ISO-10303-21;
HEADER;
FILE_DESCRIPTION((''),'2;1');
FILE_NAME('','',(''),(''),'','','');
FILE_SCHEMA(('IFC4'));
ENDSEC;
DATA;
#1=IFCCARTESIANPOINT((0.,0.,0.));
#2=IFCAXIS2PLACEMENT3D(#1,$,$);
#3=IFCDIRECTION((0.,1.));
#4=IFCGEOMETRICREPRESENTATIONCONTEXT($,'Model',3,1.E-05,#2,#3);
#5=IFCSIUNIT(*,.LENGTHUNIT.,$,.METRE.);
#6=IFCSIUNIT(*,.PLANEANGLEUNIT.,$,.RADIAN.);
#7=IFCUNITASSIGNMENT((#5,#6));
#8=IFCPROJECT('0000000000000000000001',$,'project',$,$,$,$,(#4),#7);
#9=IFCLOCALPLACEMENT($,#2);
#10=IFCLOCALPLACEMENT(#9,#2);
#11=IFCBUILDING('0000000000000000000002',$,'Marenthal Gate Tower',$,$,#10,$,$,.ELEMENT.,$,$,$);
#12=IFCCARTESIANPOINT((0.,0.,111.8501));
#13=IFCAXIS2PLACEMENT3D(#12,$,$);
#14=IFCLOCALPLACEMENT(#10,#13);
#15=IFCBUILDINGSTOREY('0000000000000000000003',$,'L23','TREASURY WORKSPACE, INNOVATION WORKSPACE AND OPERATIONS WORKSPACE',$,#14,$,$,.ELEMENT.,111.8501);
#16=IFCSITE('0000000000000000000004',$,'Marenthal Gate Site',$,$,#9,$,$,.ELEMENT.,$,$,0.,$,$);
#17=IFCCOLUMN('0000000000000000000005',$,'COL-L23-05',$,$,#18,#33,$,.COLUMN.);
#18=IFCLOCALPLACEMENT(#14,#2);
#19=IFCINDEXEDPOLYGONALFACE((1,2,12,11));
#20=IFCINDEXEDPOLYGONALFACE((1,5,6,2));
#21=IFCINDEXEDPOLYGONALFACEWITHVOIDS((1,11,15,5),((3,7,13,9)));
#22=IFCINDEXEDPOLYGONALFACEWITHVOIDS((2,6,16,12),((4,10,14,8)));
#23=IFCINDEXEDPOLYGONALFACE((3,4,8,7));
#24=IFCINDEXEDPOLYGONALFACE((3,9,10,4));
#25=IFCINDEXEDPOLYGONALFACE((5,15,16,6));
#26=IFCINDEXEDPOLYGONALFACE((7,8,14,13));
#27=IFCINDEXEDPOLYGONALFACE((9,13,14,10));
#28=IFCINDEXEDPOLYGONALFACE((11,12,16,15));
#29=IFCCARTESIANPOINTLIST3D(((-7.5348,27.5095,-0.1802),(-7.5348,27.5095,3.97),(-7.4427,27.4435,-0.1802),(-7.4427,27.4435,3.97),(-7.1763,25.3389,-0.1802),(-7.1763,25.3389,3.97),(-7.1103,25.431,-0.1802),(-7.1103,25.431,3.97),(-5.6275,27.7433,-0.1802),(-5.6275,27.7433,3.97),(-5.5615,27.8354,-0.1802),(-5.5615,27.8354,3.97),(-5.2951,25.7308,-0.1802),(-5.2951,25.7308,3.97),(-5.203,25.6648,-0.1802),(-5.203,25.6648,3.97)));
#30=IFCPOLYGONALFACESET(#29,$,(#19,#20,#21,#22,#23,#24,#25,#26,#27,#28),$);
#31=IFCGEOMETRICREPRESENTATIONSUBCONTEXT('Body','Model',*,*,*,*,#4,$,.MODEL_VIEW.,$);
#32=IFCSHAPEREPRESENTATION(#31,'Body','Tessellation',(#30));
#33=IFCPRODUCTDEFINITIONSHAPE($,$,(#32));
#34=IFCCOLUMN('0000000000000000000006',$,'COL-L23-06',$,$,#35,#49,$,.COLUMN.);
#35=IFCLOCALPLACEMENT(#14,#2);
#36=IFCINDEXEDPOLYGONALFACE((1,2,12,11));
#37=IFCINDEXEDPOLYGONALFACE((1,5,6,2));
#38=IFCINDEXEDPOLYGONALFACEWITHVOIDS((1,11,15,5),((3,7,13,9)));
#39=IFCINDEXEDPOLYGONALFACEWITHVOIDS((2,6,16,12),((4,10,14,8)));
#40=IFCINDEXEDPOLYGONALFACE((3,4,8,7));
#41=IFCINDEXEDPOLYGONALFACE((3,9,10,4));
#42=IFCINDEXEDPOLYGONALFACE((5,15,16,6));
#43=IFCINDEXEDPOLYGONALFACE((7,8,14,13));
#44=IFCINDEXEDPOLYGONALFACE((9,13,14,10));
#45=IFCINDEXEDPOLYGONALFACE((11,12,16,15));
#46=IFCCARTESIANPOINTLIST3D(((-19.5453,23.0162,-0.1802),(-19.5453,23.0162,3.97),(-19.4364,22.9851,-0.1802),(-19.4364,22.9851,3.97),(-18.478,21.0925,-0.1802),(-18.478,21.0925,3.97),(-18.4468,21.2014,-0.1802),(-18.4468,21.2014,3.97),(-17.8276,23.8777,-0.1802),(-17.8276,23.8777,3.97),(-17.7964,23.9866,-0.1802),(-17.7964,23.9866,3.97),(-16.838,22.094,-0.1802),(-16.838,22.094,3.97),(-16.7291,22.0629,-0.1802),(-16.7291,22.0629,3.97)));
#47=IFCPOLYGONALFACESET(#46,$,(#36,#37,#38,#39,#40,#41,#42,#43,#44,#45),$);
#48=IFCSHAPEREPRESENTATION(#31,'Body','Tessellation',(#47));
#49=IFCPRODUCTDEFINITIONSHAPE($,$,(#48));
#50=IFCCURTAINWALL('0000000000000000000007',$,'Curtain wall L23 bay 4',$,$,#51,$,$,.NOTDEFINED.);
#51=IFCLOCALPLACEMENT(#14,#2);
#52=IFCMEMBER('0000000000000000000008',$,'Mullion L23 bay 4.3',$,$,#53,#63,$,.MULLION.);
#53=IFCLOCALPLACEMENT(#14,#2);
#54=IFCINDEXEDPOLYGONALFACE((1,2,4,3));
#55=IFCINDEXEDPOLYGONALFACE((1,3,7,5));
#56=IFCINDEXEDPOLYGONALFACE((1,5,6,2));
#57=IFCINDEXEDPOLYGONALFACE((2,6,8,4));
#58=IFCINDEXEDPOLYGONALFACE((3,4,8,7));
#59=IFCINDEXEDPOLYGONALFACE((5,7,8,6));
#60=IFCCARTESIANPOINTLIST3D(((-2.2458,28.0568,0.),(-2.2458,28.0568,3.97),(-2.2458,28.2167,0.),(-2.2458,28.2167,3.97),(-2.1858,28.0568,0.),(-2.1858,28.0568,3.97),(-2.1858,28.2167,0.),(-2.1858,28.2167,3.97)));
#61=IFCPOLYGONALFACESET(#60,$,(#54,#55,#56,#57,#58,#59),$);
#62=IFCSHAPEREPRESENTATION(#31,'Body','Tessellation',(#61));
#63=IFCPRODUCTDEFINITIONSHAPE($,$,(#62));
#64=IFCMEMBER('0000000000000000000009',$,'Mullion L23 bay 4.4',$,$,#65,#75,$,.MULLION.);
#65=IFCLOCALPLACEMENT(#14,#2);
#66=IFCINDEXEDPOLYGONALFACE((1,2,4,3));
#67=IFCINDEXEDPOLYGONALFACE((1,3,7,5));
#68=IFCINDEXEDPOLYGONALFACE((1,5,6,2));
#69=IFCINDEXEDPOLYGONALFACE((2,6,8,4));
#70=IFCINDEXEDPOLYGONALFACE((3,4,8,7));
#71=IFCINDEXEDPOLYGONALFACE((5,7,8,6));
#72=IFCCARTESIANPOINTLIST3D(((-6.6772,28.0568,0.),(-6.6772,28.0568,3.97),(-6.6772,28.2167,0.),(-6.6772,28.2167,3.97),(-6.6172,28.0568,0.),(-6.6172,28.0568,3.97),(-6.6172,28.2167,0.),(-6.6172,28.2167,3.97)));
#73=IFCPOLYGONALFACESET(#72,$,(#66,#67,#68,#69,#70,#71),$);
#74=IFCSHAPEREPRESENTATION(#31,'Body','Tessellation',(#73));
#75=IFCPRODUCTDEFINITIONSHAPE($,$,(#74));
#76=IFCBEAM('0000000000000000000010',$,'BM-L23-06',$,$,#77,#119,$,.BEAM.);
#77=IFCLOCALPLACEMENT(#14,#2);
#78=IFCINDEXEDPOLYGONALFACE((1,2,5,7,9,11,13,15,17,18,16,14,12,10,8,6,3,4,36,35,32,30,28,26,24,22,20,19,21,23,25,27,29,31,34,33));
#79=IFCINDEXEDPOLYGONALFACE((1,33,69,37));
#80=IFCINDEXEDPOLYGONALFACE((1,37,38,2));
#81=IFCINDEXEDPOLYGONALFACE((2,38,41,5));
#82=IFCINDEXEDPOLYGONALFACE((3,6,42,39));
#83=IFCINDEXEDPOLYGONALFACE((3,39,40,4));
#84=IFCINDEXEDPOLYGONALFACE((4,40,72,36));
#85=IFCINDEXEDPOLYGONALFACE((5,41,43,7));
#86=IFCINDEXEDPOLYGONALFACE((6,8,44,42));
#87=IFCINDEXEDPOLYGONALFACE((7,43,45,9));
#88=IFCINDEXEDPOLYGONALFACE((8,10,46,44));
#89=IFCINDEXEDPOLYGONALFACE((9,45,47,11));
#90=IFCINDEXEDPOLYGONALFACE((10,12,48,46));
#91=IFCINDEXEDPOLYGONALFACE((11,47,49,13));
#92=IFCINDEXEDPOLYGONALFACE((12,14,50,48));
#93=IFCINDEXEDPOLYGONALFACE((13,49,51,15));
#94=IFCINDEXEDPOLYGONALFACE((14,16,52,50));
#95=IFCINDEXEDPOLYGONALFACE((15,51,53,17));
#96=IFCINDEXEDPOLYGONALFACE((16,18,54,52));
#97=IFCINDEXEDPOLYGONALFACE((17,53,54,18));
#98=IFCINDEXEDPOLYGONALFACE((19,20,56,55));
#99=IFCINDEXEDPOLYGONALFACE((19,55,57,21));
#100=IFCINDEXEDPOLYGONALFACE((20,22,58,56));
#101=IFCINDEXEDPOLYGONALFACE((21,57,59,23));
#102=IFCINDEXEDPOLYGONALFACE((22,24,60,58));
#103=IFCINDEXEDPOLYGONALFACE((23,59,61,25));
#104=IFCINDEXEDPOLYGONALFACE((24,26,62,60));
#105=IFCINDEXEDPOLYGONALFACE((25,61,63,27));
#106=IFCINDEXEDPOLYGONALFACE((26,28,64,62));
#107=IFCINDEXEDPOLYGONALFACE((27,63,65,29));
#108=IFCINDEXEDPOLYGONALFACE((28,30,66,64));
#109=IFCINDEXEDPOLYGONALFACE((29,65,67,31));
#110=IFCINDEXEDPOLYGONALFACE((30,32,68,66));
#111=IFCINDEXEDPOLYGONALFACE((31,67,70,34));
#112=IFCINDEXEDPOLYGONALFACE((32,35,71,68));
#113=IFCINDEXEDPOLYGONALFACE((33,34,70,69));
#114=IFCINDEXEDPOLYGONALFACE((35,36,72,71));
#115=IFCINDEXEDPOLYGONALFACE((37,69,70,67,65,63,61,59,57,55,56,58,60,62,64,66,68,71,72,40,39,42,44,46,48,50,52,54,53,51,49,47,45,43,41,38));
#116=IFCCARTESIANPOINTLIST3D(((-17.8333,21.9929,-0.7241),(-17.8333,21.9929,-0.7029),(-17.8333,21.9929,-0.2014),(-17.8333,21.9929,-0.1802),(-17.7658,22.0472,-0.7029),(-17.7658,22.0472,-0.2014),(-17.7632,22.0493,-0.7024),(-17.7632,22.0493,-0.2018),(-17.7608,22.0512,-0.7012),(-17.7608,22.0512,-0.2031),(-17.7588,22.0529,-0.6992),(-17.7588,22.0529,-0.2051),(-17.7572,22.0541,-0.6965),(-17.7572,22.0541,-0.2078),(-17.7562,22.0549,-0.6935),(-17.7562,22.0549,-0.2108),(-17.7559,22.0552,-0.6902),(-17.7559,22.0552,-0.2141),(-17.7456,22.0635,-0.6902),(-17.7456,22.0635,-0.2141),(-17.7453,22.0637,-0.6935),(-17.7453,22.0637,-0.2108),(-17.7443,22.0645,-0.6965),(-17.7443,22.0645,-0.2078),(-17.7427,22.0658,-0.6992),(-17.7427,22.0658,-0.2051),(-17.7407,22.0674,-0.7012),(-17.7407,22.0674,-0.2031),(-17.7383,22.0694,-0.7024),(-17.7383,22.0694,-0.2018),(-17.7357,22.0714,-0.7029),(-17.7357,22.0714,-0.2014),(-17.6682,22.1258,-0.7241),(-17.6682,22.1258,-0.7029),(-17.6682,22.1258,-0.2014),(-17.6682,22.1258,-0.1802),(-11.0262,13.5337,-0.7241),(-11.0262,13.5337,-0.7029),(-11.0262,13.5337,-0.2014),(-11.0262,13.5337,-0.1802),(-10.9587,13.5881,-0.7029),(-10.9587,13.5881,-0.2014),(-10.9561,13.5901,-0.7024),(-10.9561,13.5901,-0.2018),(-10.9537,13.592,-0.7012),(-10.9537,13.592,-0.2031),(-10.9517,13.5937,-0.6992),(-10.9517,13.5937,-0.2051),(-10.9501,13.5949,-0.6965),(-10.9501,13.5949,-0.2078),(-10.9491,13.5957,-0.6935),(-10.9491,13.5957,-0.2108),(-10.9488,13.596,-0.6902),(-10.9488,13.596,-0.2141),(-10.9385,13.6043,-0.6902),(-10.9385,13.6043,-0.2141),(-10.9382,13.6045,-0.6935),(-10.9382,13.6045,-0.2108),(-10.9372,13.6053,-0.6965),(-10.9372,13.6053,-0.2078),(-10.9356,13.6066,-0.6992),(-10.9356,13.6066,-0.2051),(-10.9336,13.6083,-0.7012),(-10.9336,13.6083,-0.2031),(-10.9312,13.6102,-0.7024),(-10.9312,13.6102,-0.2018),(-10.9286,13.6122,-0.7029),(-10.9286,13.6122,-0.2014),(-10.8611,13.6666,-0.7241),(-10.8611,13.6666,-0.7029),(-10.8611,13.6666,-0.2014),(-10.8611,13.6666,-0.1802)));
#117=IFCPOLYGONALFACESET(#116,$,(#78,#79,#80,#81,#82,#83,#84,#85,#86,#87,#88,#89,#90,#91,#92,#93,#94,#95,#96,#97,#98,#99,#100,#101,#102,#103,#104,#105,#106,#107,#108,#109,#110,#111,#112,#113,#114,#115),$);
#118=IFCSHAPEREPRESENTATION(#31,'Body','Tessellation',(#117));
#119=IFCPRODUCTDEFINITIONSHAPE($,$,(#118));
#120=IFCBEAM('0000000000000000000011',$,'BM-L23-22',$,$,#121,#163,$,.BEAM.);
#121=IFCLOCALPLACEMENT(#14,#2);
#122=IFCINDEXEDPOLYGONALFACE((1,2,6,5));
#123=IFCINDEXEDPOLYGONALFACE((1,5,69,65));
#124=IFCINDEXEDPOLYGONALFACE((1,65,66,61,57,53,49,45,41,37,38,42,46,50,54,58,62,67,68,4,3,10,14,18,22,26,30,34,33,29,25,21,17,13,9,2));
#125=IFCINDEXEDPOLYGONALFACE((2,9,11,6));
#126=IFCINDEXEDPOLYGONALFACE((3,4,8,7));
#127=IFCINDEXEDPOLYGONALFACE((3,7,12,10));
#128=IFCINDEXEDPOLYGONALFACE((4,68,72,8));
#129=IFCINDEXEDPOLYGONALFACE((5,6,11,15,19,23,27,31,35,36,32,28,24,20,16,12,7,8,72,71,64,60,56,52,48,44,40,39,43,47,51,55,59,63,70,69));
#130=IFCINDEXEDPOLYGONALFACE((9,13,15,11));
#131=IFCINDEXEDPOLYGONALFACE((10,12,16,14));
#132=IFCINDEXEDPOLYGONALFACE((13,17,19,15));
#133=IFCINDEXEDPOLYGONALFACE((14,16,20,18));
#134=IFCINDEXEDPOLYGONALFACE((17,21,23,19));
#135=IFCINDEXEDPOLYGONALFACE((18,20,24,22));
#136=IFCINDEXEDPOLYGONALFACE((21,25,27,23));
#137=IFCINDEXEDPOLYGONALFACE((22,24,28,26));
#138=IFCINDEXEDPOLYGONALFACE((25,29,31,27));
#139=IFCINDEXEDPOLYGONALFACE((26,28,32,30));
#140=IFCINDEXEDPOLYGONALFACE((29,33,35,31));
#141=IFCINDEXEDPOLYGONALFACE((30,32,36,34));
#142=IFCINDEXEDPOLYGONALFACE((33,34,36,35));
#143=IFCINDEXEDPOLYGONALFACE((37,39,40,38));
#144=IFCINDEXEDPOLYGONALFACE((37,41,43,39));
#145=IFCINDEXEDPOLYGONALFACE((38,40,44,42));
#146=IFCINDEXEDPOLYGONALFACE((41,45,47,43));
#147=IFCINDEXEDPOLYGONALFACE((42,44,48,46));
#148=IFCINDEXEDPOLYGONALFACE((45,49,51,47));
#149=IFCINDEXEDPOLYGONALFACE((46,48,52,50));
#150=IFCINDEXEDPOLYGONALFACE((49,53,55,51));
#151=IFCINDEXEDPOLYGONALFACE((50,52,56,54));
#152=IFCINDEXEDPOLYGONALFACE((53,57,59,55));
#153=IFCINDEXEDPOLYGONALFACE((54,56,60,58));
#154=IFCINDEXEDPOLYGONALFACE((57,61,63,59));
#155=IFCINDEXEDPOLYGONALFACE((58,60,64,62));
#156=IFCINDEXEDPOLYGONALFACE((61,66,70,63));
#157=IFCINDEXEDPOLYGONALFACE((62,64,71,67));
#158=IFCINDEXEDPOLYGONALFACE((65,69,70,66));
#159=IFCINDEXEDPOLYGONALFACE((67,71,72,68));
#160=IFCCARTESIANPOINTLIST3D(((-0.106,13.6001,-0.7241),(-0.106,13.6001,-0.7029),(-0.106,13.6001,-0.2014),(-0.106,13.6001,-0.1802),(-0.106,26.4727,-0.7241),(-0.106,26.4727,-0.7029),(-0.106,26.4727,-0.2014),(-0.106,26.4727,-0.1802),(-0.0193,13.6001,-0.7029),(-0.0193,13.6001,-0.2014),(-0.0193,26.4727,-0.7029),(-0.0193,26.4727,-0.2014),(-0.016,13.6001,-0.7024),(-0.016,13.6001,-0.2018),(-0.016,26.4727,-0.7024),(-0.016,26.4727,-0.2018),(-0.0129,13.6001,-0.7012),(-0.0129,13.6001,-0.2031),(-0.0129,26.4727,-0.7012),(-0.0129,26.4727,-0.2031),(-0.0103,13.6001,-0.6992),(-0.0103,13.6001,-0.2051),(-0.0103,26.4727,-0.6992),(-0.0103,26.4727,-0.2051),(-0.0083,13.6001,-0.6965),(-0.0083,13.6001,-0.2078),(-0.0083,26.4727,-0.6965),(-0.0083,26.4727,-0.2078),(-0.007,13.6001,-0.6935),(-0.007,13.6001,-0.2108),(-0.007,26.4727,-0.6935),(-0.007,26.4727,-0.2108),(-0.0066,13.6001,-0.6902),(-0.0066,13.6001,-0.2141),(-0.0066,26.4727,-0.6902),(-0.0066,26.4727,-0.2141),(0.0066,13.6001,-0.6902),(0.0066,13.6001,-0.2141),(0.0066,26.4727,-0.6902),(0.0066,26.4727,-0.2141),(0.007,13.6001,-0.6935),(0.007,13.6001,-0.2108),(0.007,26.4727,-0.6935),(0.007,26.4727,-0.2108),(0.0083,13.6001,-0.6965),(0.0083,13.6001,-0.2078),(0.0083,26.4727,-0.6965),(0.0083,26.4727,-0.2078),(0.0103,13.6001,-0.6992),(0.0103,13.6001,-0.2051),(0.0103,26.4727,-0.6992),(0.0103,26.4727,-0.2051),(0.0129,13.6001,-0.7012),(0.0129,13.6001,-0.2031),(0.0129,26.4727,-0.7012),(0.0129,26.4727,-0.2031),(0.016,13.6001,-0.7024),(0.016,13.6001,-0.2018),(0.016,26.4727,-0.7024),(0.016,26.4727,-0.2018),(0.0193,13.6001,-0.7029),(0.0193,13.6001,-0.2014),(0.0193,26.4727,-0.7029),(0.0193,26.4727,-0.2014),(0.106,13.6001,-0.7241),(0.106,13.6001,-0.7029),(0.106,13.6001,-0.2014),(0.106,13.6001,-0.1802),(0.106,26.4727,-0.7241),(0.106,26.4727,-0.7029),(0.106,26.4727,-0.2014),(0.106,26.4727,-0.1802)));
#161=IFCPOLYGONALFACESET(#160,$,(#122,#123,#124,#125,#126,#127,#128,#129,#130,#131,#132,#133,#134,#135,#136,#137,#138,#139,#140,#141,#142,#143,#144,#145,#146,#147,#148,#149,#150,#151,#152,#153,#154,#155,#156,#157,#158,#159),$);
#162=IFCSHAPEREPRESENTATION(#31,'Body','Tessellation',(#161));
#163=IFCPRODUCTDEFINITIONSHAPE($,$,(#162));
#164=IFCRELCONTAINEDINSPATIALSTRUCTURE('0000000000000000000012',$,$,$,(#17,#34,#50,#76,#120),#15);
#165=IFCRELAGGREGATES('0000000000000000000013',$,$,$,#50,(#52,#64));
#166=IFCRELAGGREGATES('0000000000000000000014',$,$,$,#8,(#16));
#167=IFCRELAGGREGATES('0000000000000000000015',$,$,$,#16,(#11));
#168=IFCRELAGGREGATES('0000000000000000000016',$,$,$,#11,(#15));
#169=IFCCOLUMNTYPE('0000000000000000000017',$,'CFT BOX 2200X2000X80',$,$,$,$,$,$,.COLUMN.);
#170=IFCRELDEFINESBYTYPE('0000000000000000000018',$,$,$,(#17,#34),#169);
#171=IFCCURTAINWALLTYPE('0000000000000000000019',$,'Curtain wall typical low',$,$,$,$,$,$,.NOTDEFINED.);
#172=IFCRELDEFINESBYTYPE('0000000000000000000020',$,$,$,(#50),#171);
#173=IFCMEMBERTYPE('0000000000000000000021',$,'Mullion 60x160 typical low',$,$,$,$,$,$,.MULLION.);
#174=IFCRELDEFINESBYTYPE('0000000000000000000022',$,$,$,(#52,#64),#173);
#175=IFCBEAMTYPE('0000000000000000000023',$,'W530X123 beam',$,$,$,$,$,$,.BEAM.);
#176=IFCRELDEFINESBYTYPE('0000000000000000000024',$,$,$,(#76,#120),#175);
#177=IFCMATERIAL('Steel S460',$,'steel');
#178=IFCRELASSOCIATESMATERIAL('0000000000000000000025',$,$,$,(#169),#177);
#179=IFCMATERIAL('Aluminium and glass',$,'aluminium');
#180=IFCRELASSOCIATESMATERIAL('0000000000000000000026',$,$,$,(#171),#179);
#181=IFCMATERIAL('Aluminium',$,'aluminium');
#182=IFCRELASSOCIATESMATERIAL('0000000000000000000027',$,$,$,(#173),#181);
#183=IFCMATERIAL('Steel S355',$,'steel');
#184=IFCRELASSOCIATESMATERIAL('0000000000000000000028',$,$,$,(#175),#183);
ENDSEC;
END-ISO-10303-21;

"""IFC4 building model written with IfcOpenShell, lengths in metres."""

from ifc_helpers import new_model, si_unit, direction, frame, origin, origin_2d, place, context, subcontext, project, spatial, rectangle, hollow_rectangle, i_section, extrude, material, material_profile, profile_set, type_object, element, aggregate, save


model = new_model("IFC4")

# Units and contexts
model_context = context("Model", 3, precision=1e-05, world=origin(), true_north=direction((0.0, 1.0)))
body_context = subcontext(model_context, "Body", "Model", "MODEL_VIEW")
ifc_project = project(units=[si_unit("LENGTHUNIT", "METRE"), si_unit("PLANEANGLEUNIT", "RADIAN")], contexts=[model_context])

# Site, building, storey
site_placement = place(None, origin())
site = spatial("IfcSite", under=ifc_project, at=site_placement, Name="Marenthal Gate Site", CompositionType="ELEMENT", RefElevation=0.0)
building_placement = place(site_placement, origin())
building = spatial("IfcBuilding", under=site, at=building_placement, Name="Marenthal Gate Tower", CompositionType="ELEMENT")
storey_placement = place(building_placement, frame((0.0, 0.0, 111.8501)))
storey = spatial("IfcBuildingStorey", under=building, at=storey_placement, Name="L23", Description="TREASURY WORKSPACE, INNOVATION WORKSPACE AND OPERATIONS WORKSPACE", CompositionType="ELEMENT", Elevation=111.8501)

# Columns
ifc_material_1 = material(Name="Steel S460", Category="steel")
ifc_material_profile_1 = material_profile(ifc_material_1, hollow_rectangle(XDim=2.0, YDim=2.2, WallThickness=0.0801, at=origin_2d()), Name="CFT BOX 2200X2000X80")
ifc_material_2 = material(Name="Concrete 70 MPa", Category="concrete")
ifc_material_profile_2 = material_profile(ifc_material_2, rectangle(XDim=1.8401, YDim=2.04, at=origin_2d()), Name="CFT BOX 2200X2000X80 INFILL")
ifc_profile_set_1 = profile_set([ifc_material_profile_1, ifc_material_profile_2], Name="Steel S460 shell, Concrete 70 MPa infill")
column_type = type_object("IfcColumnType", Name="CFT BOX 2200X2000X80", PredefinedType="COLUMN", material=ifc_profile_set_1)
for number, where, z_axis, x_axis, name in (
    (1, (-6.3689, 26.5872, -0.1802), (0.0, 0.0, 1.0), (0.986633, 0.162961, 0.0), "COL-L23-05"),
    (2, (-18.1372, 22.5396, -0.1802), (0.0, 0.0, 1.0), (0.874427, 0.485158, 0.0), "COL-L23-06"),
):
    element("IfcColumn", number, at=place(storey_placement, frame(where, z_axis=z_axis, x_axis=x_axis)), inside=storey, type_object=column_type, Name=name, PredefinedType="COLUMN", context=body_context, shape_type="SweptSolid", body=[
        extrude(hollow_rectangle(XDim=2.0, YDim=2.2, WallThickness=0.0801, at=origin_2d()), origin(), (0.0, 0.0, 1.0), 4.1501),
    ])

# Curtain wall, members
ifc_material_3 = material(Name="Aluminium and glass", Category="aluminium")
curtain_wall_type = type_object("IfcCurtainWallType", Name="Curtain wall typical low", PredefinedType="NOTDEFINED", material=ifc_material_3)
curtain_wall_placement = place(storey_placement, origin())
curtain_wall = element("IfcCurtainWall", 3, at=curtain_wall_placement, inside=storey, type_object=curtain_wall_type, Name="Curtain wall L23 bay 4", PredefinedType="NOTDEFINED")
ifc_material_4 = material(Name="Aluminium", Category="aluminium")
ifc_material_profile_3 = material_profile(ifc_material_4, rectangle(XDim=0.1599, YDim=0.0601, at=origin_2d()), Name="60x160 aluminium mullion")
ifc_profile_set_2 = profile_set([ifc_material_profile_3], Name="Aluminium")
member_type = type_object("IfcMemberType", Name="Mullion 60x160 typical low", PredefinedType="MULLION", material=ifc_profile_set_2)
member_1_placement = place(storey_placement, frame((-2.2158, 28.1367, 0.0), z_axis=(0.0, 0.0, 1.0), x_axis=(0.0, -1.0, 0.0)))
member_1 = element("IfcMember", 4, at=member_1_placement, type_object=member_type, Name="Mullion L23 bay 4.3", PredefinedType="MULLION", context=body_context, shape_type="SweptSolid", body=[
    extrude(rectangle(XDim=0.1599, YDim=0.0601, at=origin_2d()), origin(), (0.0, 0.0, 1.0), 3.97),
])
member_2_placement = place(storey_placement, frame((-6.6472, 28.1367, 0.0), z_axis=(0.0, 0.0, 1.0), x_axis=(0.0, -1.0, 0.0)))
member_2 = element("IfcMember", 5, at=member_2_placement, type_object=member_type, Name="Mullion L23 bay 4.4", PredefinedType="MULLION", context=body_context, shape_type="SweptSolid", body=[
    extrude(rectangle(XDim=0.1599, YDim=0.0601, at=origin_2d()), origin(), (0.0, 0.0, 1.0), 3.97),
])

# Beams
ifc_material_5 = material(Name="Steel S355", Category="steel")
ifc_material_profile_4 = material_profile(ifc_material_5, i_section(OverallWidth=0.2119, OverallDepth=0.5439, WebThickness=0.0132, FlangeThickness=0.0212, FilletRadius=0.0127, at=origin_2d()), Name="W530X123")
ifc_profile_set_3 = profile_set([ifc_material_profile_4], Name="Steel S355")
beam_type_1 = type_object("IfcBeamType", Name="W530X123 beam", PredefinedType="BEAM", material=ifc_profile_set_3)
beam_1_placement = place(storey_placement, frame((-17.7507, 22.0593, -0.4521), z_axis=(0.626925, -0.77908, 0.0), x_axis=(0.77908, 0.626925, 0.0)))
element("IfcBeam", 6, at=beam_1_placement, inside=storey, type_object=beam_type_1, Name="BM-L23-06", PredefinedType="BEAM", context=body_context, shape_type="SweptSolid", body=[
    extrude(i_section(OverallWidth=0.2119, OverallDepth=0.5439, WebThickness=0.0132, FlangeThickness=0.0212, FilletRadius=0.0127, at=origin_2d()), origin(), (0.0, 0.0, 1.0), 10.8579),
])
beam_2_placement = place(storey_placement, frame((0.0, 26.4727, -0.4521), z_axis=(0.0, -1.0, 0.0), x_axis=(1.0, 0.0, 0.0)))
element("IfcBeam", 7, at=beam_2_placement, inside=storey, type_object=beam_type_1, Name="BM-L23-22", PredefinedType="BEAM", context=body_context, shape_type="SweptSolid", body=[
    extrude(i_section(OverallWidth=0.2119, OverallDepth=0.5439, WebThickness=0.0132, FlangeThickness=0.0212, FilletRadius=0.0127, at=origin_2d()), origin(), (0.0, 0.0, 1.0), 12.8726),
])

aggregate(curtain_wall, [member_1, member_2])

save(model, "model.ifc")
